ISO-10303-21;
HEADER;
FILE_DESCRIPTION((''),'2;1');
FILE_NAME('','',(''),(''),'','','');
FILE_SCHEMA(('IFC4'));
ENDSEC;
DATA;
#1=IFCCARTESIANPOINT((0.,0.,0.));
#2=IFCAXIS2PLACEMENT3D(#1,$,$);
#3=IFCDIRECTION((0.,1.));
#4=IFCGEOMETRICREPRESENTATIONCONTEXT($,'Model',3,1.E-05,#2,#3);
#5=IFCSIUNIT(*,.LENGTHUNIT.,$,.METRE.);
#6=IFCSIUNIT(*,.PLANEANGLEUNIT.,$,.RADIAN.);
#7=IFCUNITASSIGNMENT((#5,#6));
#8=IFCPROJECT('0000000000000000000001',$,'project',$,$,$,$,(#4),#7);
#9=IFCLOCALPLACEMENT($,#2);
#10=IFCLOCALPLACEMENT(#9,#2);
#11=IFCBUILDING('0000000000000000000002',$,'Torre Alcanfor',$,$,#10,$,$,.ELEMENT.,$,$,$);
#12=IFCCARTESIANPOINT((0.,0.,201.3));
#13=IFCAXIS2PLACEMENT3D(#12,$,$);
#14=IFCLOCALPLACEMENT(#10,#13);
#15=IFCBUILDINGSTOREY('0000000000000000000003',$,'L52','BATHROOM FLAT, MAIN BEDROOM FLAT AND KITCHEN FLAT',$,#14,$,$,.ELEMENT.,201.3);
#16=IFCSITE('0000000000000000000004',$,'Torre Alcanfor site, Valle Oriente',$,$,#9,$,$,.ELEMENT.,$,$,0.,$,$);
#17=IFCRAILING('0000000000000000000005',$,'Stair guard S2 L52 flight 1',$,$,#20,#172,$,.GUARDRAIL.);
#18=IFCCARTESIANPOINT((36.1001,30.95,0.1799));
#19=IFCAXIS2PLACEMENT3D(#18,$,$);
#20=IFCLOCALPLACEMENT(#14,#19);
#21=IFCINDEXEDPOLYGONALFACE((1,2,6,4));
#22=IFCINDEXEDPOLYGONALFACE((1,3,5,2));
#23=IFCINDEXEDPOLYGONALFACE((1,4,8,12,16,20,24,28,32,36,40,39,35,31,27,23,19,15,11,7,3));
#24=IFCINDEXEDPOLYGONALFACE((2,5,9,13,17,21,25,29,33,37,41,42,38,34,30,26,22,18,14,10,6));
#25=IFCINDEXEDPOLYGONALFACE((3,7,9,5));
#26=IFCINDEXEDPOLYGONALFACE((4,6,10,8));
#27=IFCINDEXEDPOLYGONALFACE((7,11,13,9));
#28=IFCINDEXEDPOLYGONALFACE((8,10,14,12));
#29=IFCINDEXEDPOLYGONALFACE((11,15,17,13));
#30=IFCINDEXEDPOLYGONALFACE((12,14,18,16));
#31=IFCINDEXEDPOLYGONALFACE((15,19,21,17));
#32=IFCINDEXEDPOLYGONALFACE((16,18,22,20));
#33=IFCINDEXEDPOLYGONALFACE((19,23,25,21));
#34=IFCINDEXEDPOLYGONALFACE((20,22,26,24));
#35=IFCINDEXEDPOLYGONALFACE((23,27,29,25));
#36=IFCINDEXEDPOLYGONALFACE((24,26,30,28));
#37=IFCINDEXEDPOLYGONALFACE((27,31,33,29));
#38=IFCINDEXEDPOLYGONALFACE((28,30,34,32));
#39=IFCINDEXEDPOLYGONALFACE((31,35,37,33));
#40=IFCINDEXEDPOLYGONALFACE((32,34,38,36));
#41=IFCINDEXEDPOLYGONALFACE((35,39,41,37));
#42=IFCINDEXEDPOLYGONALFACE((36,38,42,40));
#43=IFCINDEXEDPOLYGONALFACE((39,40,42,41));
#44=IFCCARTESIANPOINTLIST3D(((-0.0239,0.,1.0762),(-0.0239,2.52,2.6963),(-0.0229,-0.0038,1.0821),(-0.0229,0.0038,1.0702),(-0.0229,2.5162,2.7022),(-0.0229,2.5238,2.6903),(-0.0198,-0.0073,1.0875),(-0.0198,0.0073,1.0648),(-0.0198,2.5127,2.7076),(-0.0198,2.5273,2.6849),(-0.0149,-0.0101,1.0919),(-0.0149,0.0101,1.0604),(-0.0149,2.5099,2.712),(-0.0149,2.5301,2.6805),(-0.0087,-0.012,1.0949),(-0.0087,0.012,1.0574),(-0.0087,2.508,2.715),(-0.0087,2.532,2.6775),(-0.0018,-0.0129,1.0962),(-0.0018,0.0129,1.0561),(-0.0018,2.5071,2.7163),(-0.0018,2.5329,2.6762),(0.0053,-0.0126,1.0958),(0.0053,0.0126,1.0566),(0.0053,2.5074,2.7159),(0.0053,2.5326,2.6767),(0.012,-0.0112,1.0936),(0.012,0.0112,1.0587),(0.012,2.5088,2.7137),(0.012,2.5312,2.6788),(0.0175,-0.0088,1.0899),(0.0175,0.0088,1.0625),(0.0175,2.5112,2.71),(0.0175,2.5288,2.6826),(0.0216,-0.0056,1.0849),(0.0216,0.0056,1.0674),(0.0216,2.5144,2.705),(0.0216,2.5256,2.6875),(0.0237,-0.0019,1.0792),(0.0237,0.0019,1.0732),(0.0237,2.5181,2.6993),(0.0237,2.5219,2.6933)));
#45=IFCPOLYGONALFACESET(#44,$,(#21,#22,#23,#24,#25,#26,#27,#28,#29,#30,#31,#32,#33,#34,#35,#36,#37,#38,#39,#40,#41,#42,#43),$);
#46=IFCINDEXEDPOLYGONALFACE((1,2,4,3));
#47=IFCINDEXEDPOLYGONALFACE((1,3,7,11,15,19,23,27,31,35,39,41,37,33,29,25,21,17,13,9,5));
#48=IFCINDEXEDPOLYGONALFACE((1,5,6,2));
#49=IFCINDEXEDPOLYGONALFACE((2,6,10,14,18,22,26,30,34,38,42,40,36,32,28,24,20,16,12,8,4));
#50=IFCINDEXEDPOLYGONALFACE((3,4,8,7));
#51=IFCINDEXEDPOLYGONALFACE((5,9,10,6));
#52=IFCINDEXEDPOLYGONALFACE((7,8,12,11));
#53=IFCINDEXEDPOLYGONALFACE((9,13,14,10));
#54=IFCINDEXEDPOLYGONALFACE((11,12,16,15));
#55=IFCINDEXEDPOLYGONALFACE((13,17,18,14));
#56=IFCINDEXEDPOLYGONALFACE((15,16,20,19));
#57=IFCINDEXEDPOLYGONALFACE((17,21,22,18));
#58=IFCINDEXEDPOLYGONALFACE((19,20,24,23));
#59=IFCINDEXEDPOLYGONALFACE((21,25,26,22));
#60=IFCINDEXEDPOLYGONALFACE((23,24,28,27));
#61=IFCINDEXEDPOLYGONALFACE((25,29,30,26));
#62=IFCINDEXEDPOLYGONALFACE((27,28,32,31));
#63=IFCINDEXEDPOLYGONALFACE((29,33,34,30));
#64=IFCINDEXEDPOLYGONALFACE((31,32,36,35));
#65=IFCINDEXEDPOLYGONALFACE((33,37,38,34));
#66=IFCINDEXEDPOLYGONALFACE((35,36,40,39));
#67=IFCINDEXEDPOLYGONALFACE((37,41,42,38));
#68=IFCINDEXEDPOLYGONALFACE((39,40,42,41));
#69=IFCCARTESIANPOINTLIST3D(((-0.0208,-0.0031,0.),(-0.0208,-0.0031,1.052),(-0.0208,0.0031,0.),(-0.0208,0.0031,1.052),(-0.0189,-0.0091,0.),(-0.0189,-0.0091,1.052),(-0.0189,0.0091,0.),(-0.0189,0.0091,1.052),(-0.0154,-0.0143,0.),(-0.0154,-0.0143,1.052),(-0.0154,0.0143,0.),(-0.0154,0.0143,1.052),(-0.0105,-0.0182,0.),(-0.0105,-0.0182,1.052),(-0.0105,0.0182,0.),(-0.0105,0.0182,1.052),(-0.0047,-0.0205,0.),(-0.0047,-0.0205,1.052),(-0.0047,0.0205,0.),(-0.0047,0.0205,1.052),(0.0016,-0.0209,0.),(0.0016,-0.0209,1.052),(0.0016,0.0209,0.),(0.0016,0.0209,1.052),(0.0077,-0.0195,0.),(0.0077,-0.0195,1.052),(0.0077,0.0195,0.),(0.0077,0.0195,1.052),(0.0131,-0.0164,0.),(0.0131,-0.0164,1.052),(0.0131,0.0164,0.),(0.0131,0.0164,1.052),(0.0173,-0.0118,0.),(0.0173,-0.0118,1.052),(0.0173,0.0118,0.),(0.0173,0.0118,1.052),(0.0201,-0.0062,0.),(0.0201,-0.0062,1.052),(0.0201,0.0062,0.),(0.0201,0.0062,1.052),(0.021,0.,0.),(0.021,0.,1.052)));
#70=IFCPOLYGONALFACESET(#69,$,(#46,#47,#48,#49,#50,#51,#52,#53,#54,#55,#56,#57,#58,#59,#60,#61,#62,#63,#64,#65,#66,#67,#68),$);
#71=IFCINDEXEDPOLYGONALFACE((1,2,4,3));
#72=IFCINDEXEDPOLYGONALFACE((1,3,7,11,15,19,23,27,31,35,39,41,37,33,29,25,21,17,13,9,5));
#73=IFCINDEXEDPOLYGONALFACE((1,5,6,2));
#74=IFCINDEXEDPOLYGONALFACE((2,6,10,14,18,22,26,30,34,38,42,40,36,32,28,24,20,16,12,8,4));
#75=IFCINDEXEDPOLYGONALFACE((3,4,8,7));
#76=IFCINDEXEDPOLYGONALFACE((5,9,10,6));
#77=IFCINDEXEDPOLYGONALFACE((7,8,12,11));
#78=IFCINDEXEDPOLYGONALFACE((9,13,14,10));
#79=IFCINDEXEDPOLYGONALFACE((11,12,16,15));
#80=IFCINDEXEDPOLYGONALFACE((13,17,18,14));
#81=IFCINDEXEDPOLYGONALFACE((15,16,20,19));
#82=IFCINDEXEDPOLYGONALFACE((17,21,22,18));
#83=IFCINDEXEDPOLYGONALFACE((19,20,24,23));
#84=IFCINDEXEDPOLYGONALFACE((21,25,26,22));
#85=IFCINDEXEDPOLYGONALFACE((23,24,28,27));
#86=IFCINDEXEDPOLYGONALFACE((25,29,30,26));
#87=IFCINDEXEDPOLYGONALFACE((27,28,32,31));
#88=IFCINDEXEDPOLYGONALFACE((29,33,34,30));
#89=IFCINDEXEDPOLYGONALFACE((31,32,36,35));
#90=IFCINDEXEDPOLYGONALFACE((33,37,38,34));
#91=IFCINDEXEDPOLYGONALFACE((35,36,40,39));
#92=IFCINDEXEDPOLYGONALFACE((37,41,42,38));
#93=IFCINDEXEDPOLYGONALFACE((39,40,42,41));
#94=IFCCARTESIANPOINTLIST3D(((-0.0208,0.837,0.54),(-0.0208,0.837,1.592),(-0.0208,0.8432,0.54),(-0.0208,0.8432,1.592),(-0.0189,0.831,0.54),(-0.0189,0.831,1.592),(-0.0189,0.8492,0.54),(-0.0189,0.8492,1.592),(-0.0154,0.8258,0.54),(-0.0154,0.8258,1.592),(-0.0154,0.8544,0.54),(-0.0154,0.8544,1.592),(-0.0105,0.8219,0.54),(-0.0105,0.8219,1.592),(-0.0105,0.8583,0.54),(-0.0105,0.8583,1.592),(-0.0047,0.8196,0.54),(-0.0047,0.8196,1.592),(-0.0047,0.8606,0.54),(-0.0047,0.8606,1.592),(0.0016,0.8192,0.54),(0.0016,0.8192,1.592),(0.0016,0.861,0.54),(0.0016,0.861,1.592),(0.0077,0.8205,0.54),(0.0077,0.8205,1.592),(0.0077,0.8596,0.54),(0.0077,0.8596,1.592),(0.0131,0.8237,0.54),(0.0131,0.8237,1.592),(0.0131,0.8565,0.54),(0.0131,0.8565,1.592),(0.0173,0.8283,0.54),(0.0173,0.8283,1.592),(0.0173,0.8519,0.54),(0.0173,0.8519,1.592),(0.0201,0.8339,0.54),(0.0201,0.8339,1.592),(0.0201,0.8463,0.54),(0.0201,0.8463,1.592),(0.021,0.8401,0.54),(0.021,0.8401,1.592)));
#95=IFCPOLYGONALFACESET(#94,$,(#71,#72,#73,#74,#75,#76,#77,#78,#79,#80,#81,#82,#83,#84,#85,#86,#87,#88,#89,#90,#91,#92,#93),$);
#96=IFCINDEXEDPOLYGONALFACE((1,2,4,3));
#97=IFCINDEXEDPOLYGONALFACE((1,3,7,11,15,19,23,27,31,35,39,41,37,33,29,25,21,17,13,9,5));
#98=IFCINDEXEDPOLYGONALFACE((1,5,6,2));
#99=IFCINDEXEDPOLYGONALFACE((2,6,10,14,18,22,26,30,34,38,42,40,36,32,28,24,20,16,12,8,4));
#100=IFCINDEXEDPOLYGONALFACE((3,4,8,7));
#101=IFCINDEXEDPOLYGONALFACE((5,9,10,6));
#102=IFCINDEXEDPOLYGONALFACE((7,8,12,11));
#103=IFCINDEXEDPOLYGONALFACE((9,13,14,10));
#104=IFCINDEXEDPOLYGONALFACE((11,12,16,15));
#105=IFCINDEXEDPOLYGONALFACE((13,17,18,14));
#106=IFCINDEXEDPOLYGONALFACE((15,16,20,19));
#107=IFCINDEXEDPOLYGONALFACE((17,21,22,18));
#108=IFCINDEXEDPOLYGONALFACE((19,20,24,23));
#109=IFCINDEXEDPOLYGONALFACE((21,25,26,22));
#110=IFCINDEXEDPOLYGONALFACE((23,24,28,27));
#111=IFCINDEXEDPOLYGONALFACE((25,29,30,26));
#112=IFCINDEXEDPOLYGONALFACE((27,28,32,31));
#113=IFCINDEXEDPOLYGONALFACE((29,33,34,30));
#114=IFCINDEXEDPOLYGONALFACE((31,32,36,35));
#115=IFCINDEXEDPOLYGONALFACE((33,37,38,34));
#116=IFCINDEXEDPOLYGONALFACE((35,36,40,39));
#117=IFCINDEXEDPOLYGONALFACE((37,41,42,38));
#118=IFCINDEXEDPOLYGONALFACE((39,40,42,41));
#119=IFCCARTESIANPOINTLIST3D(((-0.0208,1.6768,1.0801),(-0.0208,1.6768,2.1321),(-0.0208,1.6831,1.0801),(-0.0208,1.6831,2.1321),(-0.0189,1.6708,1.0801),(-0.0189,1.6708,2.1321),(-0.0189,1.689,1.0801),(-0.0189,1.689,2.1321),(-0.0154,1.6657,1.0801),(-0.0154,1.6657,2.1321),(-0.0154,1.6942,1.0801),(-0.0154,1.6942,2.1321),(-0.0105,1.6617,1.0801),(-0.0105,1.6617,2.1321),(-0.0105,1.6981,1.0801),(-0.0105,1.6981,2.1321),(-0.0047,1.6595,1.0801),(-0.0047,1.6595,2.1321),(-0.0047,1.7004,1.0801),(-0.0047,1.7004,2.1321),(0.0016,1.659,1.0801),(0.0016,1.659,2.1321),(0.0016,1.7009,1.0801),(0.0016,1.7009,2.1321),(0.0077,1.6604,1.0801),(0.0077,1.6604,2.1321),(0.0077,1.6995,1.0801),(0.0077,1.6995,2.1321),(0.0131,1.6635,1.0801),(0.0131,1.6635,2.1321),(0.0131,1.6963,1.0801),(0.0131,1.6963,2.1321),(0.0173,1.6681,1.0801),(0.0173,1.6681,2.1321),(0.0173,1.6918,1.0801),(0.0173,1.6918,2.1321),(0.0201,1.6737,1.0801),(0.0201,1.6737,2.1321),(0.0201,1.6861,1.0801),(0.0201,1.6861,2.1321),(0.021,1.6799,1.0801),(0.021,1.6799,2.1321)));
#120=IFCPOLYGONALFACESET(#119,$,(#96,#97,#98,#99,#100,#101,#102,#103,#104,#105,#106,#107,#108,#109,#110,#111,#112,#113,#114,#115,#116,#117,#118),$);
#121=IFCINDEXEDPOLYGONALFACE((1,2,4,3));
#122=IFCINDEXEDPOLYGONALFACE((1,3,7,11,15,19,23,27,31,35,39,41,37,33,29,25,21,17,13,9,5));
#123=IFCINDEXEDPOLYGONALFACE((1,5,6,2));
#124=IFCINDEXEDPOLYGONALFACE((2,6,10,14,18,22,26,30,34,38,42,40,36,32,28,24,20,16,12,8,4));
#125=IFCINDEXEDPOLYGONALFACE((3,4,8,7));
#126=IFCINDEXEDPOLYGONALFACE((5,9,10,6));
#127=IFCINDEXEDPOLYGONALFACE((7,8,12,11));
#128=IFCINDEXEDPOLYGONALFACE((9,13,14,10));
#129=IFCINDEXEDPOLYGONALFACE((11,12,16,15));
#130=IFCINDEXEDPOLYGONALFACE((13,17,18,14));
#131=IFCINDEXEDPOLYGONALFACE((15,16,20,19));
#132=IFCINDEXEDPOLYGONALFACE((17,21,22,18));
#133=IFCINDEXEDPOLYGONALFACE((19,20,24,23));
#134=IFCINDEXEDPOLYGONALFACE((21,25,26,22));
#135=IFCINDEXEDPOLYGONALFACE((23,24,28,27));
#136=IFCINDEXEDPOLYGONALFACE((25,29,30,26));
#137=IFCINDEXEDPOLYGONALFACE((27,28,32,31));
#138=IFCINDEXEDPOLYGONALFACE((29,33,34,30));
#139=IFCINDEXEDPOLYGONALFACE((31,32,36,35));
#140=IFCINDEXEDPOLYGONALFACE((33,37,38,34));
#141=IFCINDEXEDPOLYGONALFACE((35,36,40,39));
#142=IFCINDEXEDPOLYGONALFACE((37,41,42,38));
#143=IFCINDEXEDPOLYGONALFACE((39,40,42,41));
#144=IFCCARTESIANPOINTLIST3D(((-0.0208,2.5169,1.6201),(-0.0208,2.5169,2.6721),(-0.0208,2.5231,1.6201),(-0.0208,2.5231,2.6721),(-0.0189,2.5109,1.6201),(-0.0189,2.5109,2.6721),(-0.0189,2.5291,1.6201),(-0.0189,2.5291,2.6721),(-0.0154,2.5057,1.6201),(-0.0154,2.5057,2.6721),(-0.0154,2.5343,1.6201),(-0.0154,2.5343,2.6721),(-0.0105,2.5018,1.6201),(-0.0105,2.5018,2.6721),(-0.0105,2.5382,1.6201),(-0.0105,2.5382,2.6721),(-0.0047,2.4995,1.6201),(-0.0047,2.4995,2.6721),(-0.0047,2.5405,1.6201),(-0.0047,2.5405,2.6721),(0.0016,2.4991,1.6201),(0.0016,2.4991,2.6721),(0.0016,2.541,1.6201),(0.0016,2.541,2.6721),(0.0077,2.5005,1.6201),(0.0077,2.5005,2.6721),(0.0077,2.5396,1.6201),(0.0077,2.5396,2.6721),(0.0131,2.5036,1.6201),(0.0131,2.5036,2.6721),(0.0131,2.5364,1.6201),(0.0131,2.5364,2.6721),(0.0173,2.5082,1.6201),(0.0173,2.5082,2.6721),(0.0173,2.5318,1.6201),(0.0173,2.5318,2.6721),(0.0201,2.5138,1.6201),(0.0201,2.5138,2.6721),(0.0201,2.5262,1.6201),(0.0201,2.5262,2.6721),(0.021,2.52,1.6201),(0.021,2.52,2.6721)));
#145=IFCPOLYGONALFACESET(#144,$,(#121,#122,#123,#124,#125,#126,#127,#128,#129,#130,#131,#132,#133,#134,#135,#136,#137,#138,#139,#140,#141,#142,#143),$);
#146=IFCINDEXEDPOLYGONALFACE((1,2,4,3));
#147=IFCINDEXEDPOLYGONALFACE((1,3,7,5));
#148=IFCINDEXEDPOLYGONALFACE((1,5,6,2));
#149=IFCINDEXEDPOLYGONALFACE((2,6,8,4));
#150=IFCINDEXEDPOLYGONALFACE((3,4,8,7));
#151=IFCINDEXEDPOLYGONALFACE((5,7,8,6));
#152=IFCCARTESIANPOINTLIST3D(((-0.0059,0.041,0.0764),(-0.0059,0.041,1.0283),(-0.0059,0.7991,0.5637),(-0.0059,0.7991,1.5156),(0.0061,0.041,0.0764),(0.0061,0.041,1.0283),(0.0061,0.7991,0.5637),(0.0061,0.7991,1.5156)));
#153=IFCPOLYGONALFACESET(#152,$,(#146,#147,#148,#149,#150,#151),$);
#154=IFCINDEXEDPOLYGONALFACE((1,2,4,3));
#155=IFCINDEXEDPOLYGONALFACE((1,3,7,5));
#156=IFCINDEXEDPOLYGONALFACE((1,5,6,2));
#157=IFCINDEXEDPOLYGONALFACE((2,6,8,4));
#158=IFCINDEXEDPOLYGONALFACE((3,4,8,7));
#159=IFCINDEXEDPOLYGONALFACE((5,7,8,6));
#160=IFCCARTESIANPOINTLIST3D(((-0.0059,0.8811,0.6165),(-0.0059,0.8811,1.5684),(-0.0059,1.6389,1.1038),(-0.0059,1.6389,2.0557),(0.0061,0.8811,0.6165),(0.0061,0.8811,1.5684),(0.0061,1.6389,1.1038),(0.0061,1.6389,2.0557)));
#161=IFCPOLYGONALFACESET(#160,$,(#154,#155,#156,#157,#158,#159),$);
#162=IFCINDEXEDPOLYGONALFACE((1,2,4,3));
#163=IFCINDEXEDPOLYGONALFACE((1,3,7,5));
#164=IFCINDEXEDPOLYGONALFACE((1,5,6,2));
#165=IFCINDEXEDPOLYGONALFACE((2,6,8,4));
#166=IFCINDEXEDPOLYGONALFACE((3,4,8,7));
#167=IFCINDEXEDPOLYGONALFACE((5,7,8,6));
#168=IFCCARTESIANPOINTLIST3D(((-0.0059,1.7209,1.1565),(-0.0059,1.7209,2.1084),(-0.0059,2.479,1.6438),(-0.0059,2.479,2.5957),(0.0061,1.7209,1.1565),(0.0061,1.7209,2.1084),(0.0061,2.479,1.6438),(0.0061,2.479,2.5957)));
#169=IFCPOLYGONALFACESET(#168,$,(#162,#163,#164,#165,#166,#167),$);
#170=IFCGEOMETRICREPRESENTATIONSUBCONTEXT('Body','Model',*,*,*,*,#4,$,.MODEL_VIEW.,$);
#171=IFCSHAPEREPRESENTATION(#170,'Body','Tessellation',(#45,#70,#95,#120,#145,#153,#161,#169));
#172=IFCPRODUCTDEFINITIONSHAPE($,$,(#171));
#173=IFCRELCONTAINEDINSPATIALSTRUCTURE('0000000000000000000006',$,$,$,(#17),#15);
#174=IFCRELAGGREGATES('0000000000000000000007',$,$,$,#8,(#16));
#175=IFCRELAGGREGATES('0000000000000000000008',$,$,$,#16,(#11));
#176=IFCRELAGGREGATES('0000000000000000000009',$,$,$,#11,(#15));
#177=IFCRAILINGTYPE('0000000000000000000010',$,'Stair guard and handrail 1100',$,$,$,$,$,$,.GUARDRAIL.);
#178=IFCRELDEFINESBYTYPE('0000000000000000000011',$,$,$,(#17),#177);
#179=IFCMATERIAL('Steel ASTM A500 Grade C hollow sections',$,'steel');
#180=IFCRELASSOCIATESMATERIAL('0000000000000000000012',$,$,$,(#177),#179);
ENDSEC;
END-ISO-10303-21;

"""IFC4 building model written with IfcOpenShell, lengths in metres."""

from ifc_helpers import new_model, si_unit, direction, frame, origin, origin_2d, place, context, subcontext, project, spatial, polyline, circle, outline, extrude, material, type_object, element, save


model = new_model("IFC4")

# Units and contexts
model_context = context("Model", 3, precision=1e-05, world=origin(), true_north=direction((0.0, 1.0)))
body_context = subcontext(model_context, "Body", "Model", "MODEL_VIEW")
ifc_project = project(units=[si_unit("LENGTHUNIT", "METRE"), si_unit("PLANEANGLEUNIT", "RADIAN")], contexts=[model_context])

# Site, building, storey
site_placement = place(None, origin())
site = spatial("IfcSite", under=ifc_project, at=site_placement, Name="Torre Alcanfor site, Valle Oriente", CompositionType="ELEMENT", RefElevation=0.0)
building_placement = place(site_placement, origin())
building = spatial("IfcBuilding", under=site, at=building_placement, Name="Torre Alcanfor", CompositionType="ELEMENT")
storey_placement = place(building_placement, frame((0.0, 0.0, 201.3)))
storey = spatial("IfcBuildingStorey", under=building, at=storey_placement, Name="L52", Description="BATHROOM FLAT, MAIN BEDROOM FLAT AND KITCHEN FLAT", CompositionType="ELEMENT", Elevation=201.3)

# Railing
ifc_material_1 = material(Name="Steel ASTM A500 Grade C hollow sections", Category="steel")
railing_type_1 = type_object("IfcRailingType", Name="Stair guard and handrail 1100", PredefinedType="GUARDRAIL", material=ifc_material_1)
railing_1_placement = place(storey_placement, frame((36.1001, 30.95, 0.1799)))
element("IfcRailing", 1, at=railing_1_placement, inside=storey, type_object=railing_type_1, Name="Stair guard S2 L52 flight 1", PredefinedType="GUARDRAIL", context=body_context, shape_type="SweptSolid", body=[
    extrude(circle(Radius=0.0239, at=origin_2d()), frame((0.0, 0.0, 1.0762), z_axis=(0.0, 0.841163, 0.540782), x_axis=(-1.0, 0.0, 0.0)), (0.0, 0.0, 1.0), 2.9958),
    extrude(circle(Radius=0.021, at=origin_2d()), origin(), (0.0, 0.0, 1.0), 1.052),
    extrude(circle(Radius=0.021, at=origin_2d()), frame((0.0, 0.8401, 0.54)), (0.0, 0.0, 1.0), 1.052),
    extrude(circle(Radius=0.021, at=origin_2d()), frame((0.0, 1.6799, 1.0801)), (0.0, 0.0, 1.0), 1.052),
    extrude(circle(Radius=0.021, at=origin_2d()), frame((0.0, 2.52, 1.6201)), (0.0, 0.0, 1.0), 1.052),
    extrude(outline(polyline([(0.041, 0.0764), (0.7991, 0.5637), (0.7991, 1.5156), (0.041, 1.0283), (0.041, 0.0764)])), frame((-0.0059, 0.0, 0.0), z_axis=(1.0, 0.0, 0.0), x_axis=(0.0, 1.0, 0.0)), (0.0, 0.0, 1.0), 0.012),
    extrude(outline(polyline([(0.8811, 0.6165), (1.6389, 1.1038), (1.6389, 2.0557), (0.8811, 1.5684), (0.8811, 0.6165)])), frame((-0.0059, 0.0, 0.0), z_axis=(1.0, 0.0, 0.0), x_axis=(0.0, 1.0, 0.0)), (0.0, 0.0, 1.0), 0.012),
    extrude(outline(polyline([(1.7209, 1.1565), (2.479, 1.6438), (2.479, 2.5957), (1.7209, 2.1084), (1.7209, 1.1565)])), frame((-0.0059, 0.0, 0.0), z_axis=(1.0, 0.0, 0.0), x_axis=(0.0, 1.0, 0.0)), (0.0, 0.0, 1.0), 0.012),
])

save(model, "model.ifc")
